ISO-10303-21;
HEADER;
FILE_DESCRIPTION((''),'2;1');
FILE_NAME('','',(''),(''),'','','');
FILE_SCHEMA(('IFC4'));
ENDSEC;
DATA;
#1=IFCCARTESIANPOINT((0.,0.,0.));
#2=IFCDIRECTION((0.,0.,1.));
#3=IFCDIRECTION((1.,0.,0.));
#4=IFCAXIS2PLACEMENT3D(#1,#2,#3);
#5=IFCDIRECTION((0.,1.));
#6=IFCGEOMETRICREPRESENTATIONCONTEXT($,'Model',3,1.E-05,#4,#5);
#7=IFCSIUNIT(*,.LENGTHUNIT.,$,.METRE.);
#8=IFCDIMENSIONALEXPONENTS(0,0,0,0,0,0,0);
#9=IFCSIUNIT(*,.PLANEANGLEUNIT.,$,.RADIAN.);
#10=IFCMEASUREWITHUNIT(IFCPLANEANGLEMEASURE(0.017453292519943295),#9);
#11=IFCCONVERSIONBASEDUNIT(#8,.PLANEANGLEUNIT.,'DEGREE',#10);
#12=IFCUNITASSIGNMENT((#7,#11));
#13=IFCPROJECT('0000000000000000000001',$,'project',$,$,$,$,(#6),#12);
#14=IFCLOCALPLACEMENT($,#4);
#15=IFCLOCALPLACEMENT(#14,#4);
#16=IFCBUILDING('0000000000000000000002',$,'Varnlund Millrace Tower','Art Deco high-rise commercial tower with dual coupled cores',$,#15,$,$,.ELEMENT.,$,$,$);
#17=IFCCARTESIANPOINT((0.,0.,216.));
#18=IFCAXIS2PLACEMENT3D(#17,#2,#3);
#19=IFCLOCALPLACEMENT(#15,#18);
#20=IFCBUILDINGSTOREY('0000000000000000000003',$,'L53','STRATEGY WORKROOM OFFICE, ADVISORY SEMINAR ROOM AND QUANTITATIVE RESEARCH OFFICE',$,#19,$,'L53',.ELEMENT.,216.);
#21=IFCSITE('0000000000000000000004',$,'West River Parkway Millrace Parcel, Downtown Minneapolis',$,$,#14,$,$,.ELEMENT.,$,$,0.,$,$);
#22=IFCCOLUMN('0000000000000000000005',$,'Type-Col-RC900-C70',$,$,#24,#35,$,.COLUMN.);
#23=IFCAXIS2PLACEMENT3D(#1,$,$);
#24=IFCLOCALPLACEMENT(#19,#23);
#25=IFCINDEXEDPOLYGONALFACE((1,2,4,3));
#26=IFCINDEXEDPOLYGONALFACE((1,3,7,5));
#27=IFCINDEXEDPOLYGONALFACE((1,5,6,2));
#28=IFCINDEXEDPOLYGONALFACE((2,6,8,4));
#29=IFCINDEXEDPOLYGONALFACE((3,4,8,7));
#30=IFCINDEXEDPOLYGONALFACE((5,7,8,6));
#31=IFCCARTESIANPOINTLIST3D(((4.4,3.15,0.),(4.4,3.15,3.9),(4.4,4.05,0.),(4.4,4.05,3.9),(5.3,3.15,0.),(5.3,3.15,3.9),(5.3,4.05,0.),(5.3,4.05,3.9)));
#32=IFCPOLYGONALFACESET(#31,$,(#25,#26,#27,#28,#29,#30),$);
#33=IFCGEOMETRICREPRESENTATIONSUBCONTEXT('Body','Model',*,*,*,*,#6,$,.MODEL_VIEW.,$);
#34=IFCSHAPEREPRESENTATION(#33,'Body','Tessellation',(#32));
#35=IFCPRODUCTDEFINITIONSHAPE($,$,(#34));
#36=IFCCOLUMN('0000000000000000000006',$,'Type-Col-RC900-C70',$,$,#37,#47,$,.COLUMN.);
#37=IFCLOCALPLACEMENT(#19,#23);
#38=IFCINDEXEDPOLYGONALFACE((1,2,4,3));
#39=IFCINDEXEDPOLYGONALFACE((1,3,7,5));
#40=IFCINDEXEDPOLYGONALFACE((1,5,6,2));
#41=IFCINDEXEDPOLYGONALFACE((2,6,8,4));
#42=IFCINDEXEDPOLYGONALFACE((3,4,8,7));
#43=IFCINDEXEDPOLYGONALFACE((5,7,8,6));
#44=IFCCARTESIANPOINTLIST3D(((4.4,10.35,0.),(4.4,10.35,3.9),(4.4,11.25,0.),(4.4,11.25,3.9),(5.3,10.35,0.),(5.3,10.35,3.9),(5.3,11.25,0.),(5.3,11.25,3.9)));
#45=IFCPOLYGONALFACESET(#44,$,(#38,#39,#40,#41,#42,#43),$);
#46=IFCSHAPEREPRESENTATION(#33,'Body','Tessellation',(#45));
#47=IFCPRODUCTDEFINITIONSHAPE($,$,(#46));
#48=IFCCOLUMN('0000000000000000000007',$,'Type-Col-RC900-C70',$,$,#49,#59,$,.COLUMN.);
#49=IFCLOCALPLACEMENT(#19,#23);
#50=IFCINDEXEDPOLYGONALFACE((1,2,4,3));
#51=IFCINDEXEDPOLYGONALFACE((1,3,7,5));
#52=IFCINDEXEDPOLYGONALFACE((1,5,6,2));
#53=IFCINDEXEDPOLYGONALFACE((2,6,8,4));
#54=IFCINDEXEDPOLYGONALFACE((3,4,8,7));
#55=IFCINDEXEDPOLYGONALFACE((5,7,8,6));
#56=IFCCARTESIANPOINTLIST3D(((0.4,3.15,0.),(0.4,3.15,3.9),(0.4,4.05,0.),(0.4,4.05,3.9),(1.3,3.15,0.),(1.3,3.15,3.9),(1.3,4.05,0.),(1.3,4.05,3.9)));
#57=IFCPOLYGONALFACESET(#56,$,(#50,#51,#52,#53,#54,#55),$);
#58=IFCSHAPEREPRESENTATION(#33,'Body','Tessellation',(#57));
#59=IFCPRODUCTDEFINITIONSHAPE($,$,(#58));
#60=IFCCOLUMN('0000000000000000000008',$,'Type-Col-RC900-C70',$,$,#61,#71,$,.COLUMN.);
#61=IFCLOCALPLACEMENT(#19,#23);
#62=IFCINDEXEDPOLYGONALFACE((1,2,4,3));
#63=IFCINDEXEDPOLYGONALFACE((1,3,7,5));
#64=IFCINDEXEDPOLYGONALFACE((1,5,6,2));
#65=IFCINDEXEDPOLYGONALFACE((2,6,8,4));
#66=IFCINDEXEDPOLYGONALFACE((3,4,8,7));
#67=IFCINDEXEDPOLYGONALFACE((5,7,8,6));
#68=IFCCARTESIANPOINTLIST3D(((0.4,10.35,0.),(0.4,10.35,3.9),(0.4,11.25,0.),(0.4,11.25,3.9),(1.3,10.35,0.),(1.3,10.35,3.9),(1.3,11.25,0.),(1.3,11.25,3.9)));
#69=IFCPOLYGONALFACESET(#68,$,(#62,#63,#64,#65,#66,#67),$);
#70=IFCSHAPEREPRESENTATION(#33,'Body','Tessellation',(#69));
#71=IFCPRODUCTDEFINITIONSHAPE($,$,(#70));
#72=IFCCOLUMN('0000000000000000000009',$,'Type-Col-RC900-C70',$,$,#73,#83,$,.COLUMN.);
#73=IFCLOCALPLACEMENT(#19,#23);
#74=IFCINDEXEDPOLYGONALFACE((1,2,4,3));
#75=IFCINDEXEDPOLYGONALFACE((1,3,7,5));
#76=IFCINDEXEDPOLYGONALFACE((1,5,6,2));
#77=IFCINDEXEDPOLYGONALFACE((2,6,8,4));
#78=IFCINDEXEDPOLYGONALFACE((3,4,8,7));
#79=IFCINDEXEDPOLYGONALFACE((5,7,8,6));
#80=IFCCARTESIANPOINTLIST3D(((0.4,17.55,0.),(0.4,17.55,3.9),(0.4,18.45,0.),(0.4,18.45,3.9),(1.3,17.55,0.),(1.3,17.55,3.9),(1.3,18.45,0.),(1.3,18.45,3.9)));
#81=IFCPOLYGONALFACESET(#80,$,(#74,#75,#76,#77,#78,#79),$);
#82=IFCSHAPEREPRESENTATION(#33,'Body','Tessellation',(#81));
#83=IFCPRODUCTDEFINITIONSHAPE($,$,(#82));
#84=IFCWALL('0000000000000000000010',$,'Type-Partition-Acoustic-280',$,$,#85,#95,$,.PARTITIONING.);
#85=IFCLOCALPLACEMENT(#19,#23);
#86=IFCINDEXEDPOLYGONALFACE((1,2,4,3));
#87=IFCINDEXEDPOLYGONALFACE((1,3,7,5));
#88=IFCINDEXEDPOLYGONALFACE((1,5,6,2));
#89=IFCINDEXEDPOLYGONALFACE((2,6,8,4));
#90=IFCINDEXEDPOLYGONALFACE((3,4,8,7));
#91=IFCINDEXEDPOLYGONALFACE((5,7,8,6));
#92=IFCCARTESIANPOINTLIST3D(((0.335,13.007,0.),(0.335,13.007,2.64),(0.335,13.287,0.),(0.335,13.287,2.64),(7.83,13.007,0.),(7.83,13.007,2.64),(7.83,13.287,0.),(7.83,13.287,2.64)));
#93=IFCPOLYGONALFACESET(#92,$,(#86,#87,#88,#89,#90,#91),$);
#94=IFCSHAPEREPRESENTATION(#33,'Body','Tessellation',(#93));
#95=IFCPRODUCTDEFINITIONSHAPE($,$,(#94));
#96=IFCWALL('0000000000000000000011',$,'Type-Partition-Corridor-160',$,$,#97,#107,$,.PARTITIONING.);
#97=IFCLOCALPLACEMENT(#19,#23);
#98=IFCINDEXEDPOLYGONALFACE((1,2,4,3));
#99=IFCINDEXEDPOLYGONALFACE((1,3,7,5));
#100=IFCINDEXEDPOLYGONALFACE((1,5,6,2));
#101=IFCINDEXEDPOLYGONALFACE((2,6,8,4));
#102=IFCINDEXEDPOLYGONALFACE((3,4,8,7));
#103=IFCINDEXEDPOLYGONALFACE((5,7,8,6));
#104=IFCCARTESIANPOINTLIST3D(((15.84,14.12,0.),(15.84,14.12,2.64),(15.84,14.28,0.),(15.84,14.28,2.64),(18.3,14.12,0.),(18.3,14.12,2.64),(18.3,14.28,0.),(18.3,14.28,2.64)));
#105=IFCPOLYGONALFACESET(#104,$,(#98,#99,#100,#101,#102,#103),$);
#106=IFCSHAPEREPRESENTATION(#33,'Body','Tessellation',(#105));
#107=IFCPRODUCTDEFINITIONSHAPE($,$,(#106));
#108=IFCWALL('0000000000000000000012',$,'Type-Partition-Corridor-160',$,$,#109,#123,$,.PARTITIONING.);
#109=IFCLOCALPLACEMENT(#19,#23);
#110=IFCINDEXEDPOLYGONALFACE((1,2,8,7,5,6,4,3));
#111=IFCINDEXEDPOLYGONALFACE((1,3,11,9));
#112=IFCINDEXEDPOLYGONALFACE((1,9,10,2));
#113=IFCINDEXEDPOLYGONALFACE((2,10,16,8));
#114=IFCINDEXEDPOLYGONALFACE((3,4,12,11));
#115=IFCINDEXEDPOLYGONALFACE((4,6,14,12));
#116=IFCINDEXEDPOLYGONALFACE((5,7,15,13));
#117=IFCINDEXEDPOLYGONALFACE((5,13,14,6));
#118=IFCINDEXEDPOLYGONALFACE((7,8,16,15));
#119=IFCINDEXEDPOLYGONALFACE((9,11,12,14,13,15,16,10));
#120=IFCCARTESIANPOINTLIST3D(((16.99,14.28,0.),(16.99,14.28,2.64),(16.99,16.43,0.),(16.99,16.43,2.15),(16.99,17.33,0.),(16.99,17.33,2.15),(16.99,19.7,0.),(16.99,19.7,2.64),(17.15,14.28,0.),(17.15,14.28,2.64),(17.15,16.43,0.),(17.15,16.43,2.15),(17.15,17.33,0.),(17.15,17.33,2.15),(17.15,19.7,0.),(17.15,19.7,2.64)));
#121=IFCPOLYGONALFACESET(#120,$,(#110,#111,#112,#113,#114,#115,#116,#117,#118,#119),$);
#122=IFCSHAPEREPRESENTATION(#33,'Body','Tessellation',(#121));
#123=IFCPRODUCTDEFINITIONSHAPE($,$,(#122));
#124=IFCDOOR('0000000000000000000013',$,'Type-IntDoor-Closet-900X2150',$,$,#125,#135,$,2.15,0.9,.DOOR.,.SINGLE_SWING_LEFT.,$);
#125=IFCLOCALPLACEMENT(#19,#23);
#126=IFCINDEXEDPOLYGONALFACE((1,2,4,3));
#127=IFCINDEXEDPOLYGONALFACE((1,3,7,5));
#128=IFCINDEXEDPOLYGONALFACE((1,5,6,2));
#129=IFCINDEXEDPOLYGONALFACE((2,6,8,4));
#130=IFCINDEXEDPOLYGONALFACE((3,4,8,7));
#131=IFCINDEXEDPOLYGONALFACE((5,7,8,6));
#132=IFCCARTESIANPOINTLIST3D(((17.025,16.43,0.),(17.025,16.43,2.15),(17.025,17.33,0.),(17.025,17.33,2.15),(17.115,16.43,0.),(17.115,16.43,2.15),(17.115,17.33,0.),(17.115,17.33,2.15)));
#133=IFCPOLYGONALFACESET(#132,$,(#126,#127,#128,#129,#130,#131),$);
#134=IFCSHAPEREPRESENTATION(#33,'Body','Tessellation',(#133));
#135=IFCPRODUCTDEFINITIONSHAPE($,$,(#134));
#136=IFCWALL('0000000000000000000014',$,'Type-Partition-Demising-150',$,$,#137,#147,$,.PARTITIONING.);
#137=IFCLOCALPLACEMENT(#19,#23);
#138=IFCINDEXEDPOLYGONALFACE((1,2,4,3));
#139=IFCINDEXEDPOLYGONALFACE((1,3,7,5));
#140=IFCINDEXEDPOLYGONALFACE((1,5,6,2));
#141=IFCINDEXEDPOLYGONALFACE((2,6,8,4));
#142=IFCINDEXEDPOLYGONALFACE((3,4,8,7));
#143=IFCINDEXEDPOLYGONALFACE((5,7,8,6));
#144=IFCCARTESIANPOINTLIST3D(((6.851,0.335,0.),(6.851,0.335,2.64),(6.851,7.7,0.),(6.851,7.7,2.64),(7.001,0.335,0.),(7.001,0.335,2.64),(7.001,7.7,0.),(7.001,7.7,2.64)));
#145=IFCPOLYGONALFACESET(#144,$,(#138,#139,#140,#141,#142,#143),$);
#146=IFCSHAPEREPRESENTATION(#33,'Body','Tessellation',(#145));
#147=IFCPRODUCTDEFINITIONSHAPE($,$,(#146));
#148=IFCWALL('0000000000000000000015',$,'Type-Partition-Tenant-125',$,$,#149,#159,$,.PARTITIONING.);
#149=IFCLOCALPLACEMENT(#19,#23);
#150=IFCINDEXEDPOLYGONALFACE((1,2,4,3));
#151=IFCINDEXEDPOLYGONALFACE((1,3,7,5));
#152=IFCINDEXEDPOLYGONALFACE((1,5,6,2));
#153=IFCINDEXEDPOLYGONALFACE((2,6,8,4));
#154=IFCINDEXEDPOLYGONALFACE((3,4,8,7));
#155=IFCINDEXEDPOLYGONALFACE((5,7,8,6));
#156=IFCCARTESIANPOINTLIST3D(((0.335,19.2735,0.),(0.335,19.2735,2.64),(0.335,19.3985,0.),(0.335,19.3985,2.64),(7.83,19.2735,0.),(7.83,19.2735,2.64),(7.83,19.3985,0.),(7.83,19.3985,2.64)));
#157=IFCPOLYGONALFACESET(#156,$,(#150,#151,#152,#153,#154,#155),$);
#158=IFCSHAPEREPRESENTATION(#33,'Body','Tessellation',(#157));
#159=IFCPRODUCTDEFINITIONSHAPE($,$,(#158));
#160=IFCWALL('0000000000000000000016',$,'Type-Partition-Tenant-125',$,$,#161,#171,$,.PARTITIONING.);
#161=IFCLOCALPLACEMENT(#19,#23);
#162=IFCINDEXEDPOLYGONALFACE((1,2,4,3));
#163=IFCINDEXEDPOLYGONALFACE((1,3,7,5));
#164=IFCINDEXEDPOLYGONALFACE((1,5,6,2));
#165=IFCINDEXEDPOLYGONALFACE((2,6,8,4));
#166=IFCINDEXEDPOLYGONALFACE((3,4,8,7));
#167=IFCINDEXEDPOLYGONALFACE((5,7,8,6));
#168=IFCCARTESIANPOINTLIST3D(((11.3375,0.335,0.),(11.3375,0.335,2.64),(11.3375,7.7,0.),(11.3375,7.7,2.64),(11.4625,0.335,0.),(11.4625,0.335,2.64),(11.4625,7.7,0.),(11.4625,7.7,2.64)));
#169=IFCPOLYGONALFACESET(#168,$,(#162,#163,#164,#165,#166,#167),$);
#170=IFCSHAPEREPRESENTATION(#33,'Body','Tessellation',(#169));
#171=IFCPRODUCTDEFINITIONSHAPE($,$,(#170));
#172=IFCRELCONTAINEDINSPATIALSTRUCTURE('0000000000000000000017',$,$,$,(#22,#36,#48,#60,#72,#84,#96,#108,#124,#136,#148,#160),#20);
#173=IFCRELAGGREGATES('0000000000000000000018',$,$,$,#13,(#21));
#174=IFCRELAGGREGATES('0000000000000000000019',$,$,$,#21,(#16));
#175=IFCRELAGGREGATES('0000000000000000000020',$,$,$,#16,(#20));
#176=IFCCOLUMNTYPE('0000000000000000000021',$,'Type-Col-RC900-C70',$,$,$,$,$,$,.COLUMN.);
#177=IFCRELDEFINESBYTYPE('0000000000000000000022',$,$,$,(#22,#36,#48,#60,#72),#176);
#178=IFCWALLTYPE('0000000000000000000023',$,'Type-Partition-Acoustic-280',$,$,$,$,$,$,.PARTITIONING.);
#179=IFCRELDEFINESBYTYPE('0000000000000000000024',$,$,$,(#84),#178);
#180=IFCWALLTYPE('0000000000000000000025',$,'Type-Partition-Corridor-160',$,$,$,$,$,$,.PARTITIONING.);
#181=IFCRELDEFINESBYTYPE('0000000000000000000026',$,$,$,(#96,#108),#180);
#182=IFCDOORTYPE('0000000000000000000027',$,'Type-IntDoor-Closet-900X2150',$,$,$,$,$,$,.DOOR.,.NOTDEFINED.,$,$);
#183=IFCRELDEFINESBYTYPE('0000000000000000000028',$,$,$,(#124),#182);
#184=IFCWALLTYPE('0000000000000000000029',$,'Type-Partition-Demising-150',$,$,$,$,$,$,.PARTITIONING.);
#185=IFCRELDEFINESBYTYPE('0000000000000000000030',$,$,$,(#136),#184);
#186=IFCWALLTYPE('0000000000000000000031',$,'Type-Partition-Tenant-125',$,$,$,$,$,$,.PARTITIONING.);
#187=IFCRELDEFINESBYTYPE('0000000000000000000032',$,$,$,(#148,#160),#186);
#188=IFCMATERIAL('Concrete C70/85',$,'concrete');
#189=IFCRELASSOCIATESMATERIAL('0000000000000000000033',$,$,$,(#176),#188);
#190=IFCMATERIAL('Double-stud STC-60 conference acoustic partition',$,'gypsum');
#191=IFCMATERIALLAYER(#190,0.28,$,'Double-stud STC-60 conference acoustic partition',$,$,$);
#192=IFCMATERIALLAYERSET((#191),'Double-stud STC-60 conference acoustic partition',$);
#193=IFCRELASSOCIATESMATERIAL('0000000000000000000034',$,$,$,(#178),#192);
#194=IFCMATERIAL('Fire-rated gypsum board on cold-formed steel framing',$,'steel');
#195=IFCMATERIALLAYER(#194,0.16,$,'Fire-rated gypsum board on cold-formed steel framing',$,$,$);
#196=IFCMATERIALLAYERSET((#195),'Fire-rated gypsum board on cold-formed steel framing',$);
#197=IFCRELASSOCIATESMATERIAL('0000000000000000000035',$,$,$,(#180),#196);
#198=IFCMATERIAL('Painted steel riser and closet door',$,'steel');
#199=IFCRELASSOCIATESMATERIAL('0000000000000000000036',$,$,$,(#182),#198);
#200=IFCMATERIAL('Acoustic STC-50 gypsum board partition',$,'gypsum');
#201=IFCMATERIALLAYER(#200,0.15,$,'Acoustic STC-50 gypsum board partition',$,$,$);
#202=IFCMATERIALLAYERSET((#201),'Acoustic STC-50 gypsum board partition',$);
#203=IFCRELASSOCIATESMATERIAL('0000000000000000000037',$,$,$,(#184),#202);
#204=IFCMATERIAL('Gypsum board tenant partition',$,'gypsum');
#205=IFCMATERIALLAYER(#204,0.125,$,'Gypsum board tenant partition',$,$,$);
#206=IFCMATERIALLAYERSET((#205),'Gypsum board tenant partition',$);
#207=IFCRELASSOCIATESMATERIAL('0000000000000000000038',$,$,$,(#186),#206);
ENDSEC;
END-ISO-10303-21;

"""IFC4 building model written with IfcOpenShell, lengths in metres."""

from ifc_helpers import new_model, entity, si_unit, converted_unit, direction, frame, origin_with_axes, origin_2d_with_axis, place, context, subcontext, project, spatial, polyline, rectangle, outline, extrude, material, layer, layer_set, material_profile, profile_set, type_object, element, fill, save


model = new_model("IFC4")

# Units and contexts
model_context = context("Model", 3, precision=1e-05, world=origin_with_axes(), true_north=direction((0.0, 1.0)))
body_context = subcontext(model_context, "Body", "Model", "MODEL_VIEW")
ifc_project = project(units=[si_unit("LENGTHUNIT", "METRE"), converted_unit("PLANEANGLEUNIT", "DEGREE", entity("IfcPlaneAngleMeasure", 0.017453292519943295), si_unit("PLANEANGLEUNIT", "RADIAN"), dimensions=[0, 0, 0, 0, 0, 0, 0])], contexts=[model_context])

# Site, building, storey
site_placement = place(None, origin_with_axes())
site = spatial("IfcSite", under=ifc_project, at=site_placement, Name="West River Parkway Millrace Parcel, Downtown Minneapolis", CompositionType="ELEMENT", RefElevation=0.0)
building_placement = place(site_placement, origin_with_axes())
building = spatial("IfcBuilding", under=site, at=building_placement, Name="Varnlund Millrace Tower", Description="Art Deco high-rise commercial tower with dual coupled cores", CompositionType="ELEMENT")
storey_placement = place(building_placement, frame((0.0, 0.0, 216.0), z_axis=(0.0, 0.0, 1.0), x_axis=(1.0, 0.0, 0.0)))
storey = spatial("IfcBuildingStorey", under=building, at=storey_placement, Name="L53", Description="STRATEGY WORKROOM OFFICE, ADVISORY SEMINAR ROOM AND QUANTITATIVE RESEARCH OFFICE", LongName="L53", CompositionType="ELEMENT", Elevation=216.0)

# Columns
ifc_material_1 = material(Name="Concrete C70/85", Category="concrete")
ifc_material_profile = material_profile(ifc_material_1, rectangle(XDim=0.9, YDim=0.9, at=origin_2d_with_axis()), Name="Concrete C70/85")
ifc_profile_set = profile_set([ifc_material_profile], Name="Concrete C70/85")
column_type = type_object("IfcColumnType", Name="Type-Col-RC900-C70", PredefinedType="COLUMN", material=ifc_profile_set)
for number, where, z_axis, x_axis, name in (
    (1, (4.85, 3.6, 0.0), (0.0, 0.0, 1.0), (1.0, 0.0, 0.0), "Type-Col-RC900-C70"),
    (2, (4.85, 10.8, 0.0), (0.0, 0.0, 1.0), (1.0, 0.0, 0.0), "Type-Col-RC900-C70"),
    (3, (0.85, 3.6, 0.0), (0.0, 0.0, 1.0), (1.0, 0.0, 0.0), "Type-Col-RC900-C70"),
    (4, (0.85, 10.8, 0.0), (0.0, 0.0, 1.0), (1.0, 0.0, 0.0), "Type-Col-RC900-C70"),
    (5, (0.85, 18.0, 0.0), (0.0, 0.0, 1.0), (1.0, 0.0, 0.0), "Type-Col-RC900-C70"),
):
    element("IfcColumn", number, at=place(storey_placement, frame(where, z_axis=z_axis, x_axis=x_axis)), inside=storey, type_object=column_type, Name=name, PredefinedType="COLUMN", context=body_context, shape_type="SweptSolid", body=[
        extrude(rectangle(XDim=0.9, YDim=0.9, at=origin_2d_with_axis()), origin_with_axes(), (0.0, 0.0, 1.0), 3.9),
    ])

# Walls
ifc_material_2 = material(Name="Double-stud STC-60 conference acoustic partition", Category="gypsum")
ifc_layer_1 = layer(ifc_material_2, 0.28, Name="Double-stud STC-60 conference acoustic partition")
ifc_layer_set_1 = layer_set([ifc_layer_1], Name="Double-stud STC-60 conference acoustic partition")
wall_type_1 = type_object("IfcWallType", Name="Type-Partition-Acoustic-280", PredefinedType="PARTITIONING", material=ifc_layer_set_1)
wall_1_placement = place(storey_placement, frame((0.335, 13.147, 0.0), z_axis=(0.0, 0.0, 1.0), x_axis=(1.0, 0.0, 0.0)))
element("IfcWall", 6, at=wall_1_placement, inside=storey, type_object=wall_type_1, Name="Type-Partition-Acoustic-280", PredefinedType="PARTITIONING", context=body_context, shape_type="SweptSolid", body=[
    extrude(outline(polyline([(0.0, -0.14), (7.495, -0.14), (7.495, 0.14), (0.0, 0.14), (0.0, -0.14)])), origin_with_axes(), (0.0, 0.0, 1.0), 2.64),
])
ifc_material_3 = material(Name="Fire-rated gypsum board on cold-formed steel framing", Category="steel")
ifc_layer_2 = layer(ifc_material_3, 0.16, Name="Fire-rated gypsum board on cold-formed steel framing")
ifc_layer_set_2 = layer_set([ifc_layer_2], Name="Fire-rated gypsum board on cold-formed steel framing")
wall_type_2 = type_object("IfcWallType", Name="Type-Partition-Corridor-160", PredefinedType="PARTITIONING", material=ifc_layer_set_2)
wall_2_placement = place(storey_placement, frame((15.84, 14.2, 0.0), z_axis=(0.0, 0.0, 1.0), x_axis=(1.0, 0.0, 0.0)))
element("IfcWall", 7, at=wall_2_placement, inside=storey, type_object=wall_type_2, Name="Type-Partition-Corridor-160", PredefinedType="PARTITIONING", context=body_context, shape_type="SweptSolid", body=[
    extrude(outline(polyline([(0.0, -0.08), (2.46, -0.08), (2.46, 0.08), (0.0, 0.08), (0.0, -0.08)])), origin_with_axes(), (0.0, 0.0, 1.0), 2.64),
])

# Wall, opening, door
wall_3_placement = place(storey_placement, frame((17.07, 14.28, 0.0), z_axis=(0.0, 0.0, 1.0), x_axis=(0.0, 1.0, 0.0)))
wall_3 = element("IfcWall", 8, at=wall_3_placement, inside=storey, type_object=wall_type_2, Name="Type-Partition-Corridor-160", PredefinedType="PARTITIONING", context=body_context, shape_type="SweptSolid", body=[
    extrude(outline(polyline([(0.0, -0.08), (5.42, -0.08), (5.42, 0.08), (0.0, 0.08), (0.0, -0.08)])), origin_with_axes(), (0.0, 0.0, 1.0), 2.64),
])
opening_1_placement = place(wall_3_placement, frame((2.6, 0.0, 0.0), z_axis=(0.0, 0.0, 1.0), x_axis=(1.0, 0.0, 0.0)))
opening_1 = element("IfcOpeningElement", 9, at=opening_1_placement, cuts=wall_3, PredefinedType="OPENING", context=body_context, shape_type="SweptSolid", body=[
    extrude(rectangle(XDim=0.9, YDim=0.18, at=origin_2d_with_axis()), origin_with_axes(), (0.0, 0.0, 1.0), 2.15),
])
ifc_material_4 = material(Name="Painted steel riser and closet door", Category="steel")
door_type_1 = type_object("IfcDoorType", Name="Type-IntDoor-Closet-900X2150", OperationType="NOTDEFINED", PredefinedType="DOOR", material=ifc_material_4)
door_1_placement = place(wall_3_placement, frame((2.6, 0.0, 0.0), z_axis=(0.0, 0.0, 1.0), x_axis=(1.0, 0.0, 0.0)))
door_1 = element("IfcDoor", 10, at=door_1_placement, inside=storey, type_object=door_type_1, Name="Type-IntDoor-Closet-900X2150", OperationType="SINGLE_SWING_LEFT", OverallHeight=2.15, OverallWidth=0.9, PredefinedType="DOOR", context=body_context, shape_type="SweptSolid", body=[
    extrude(rectangle(XDim=0.9, YDim=0.09, at=origin_2d_with_axis()), origin_with_axes(), (0.0, 0.0, 1.0), 2.15),
])
fill(opening_1, door_1)

# Walls
ifc_material_5 = material(Name="Acoustic STC-50 gypsum board partition", Category="gypsum")
ifc_layer_3 = layer(ifc_material_5, 0.15, Name="Acoustic STC-50 gypsum board partition")
ifc_layer_set_3 = layer_set([ifc_layer_3], Name="Acoustic STC-50 gypsum board partition")
wall_type_3 = type_object("IfcWallType", Name="Type-Partition-Demising-150", PredefinedType="PARTITIONING", material=ifc_layer_set_3)
wall_4_placement = place(storey_placement, frame((6.926, 0.335, 0.0), z_axis=(0.0, 0.0, 1.0), x_axis=(0.0, 1.0, 0.0)))
element("IfcWall", 11, at=wall_4_placement, inside=storey, type_object=wall_type_3, Name="Type-Partition-Demising-150", PredefinedType="PARTITIONING", context=body_context, shape_type="SweptSolid", body=[
    extrude(outline(polyline([(0.0, -0.075), (7.365, -0.075), (7.365, 0.075), (0.0, 0.075), (0.0, -0.075)])), origin_with_axes(), (0.0, 0.0, 1.0), 2.64),
])
ifc_material_6 = material(Name="Gypsum board tenant partition", Category="gypsum")
ifc_layer_4 = layer(ifc_material_6, 0.125, Name="Gypsum board tenant partition")
ifc_layer_set_4 = layer_set([ifc_layer_4], Name="Gypsum board tenant partition")
wall_type_4 = type_object("IfcWallType", Name="Type-Partition-Tenant-125", PredefinedType="PARTITIONING", material=ifc_layer_set_4)
wall_5_placement = place(storey_placement, frame((0.335, 19.336, 0.0), z_axis=(0.0, 0.0, 1.0), x_axis=(1.0, 0.0, 0.0)))
element("IfcWall", 12, at=wall_5_placement, inside=storey, type_object=wall_type_4, Name="Type-Partition-Tenant-125", PredefinedType="PARTITIONING", context=body_context, shape_type="SweptSolid", body=[
    extrude(outline(polyline([(0.0, -0.0625), (7.495, -0.0625), (7.495, 0.0625), (0.0, 0.0625), (0.0, -0.0625)])), origin_with_axes(), (0.0, 0.0, 1.0), 2.64),
])
wall_6_placement = place(storey_placement, frame((11.4, 0.335, 0.0), z_axis=(0.0, 0.0, 1.0), x_axis=(0.0, 1.0, 0.0)))
element("IfcWall", 13, at=wall_6_placement, inside=storey, type_object=wall_type_4, Name="Type-Partition-Tenant-125", PredefinedType="PARTITIONING", context=body_context, shape_type="SweptSolid", body=[
    extrude(outline(polyline([(0.0, -0.0625), (7.365, -0.0625), (7.365, 0.0625), (0.0, 0.0625), (0.0, -0.0625)])), origin_with_axes(), (0.0, 0.0, 1.0), 2.64),
])

save(model, "model.ifc")
